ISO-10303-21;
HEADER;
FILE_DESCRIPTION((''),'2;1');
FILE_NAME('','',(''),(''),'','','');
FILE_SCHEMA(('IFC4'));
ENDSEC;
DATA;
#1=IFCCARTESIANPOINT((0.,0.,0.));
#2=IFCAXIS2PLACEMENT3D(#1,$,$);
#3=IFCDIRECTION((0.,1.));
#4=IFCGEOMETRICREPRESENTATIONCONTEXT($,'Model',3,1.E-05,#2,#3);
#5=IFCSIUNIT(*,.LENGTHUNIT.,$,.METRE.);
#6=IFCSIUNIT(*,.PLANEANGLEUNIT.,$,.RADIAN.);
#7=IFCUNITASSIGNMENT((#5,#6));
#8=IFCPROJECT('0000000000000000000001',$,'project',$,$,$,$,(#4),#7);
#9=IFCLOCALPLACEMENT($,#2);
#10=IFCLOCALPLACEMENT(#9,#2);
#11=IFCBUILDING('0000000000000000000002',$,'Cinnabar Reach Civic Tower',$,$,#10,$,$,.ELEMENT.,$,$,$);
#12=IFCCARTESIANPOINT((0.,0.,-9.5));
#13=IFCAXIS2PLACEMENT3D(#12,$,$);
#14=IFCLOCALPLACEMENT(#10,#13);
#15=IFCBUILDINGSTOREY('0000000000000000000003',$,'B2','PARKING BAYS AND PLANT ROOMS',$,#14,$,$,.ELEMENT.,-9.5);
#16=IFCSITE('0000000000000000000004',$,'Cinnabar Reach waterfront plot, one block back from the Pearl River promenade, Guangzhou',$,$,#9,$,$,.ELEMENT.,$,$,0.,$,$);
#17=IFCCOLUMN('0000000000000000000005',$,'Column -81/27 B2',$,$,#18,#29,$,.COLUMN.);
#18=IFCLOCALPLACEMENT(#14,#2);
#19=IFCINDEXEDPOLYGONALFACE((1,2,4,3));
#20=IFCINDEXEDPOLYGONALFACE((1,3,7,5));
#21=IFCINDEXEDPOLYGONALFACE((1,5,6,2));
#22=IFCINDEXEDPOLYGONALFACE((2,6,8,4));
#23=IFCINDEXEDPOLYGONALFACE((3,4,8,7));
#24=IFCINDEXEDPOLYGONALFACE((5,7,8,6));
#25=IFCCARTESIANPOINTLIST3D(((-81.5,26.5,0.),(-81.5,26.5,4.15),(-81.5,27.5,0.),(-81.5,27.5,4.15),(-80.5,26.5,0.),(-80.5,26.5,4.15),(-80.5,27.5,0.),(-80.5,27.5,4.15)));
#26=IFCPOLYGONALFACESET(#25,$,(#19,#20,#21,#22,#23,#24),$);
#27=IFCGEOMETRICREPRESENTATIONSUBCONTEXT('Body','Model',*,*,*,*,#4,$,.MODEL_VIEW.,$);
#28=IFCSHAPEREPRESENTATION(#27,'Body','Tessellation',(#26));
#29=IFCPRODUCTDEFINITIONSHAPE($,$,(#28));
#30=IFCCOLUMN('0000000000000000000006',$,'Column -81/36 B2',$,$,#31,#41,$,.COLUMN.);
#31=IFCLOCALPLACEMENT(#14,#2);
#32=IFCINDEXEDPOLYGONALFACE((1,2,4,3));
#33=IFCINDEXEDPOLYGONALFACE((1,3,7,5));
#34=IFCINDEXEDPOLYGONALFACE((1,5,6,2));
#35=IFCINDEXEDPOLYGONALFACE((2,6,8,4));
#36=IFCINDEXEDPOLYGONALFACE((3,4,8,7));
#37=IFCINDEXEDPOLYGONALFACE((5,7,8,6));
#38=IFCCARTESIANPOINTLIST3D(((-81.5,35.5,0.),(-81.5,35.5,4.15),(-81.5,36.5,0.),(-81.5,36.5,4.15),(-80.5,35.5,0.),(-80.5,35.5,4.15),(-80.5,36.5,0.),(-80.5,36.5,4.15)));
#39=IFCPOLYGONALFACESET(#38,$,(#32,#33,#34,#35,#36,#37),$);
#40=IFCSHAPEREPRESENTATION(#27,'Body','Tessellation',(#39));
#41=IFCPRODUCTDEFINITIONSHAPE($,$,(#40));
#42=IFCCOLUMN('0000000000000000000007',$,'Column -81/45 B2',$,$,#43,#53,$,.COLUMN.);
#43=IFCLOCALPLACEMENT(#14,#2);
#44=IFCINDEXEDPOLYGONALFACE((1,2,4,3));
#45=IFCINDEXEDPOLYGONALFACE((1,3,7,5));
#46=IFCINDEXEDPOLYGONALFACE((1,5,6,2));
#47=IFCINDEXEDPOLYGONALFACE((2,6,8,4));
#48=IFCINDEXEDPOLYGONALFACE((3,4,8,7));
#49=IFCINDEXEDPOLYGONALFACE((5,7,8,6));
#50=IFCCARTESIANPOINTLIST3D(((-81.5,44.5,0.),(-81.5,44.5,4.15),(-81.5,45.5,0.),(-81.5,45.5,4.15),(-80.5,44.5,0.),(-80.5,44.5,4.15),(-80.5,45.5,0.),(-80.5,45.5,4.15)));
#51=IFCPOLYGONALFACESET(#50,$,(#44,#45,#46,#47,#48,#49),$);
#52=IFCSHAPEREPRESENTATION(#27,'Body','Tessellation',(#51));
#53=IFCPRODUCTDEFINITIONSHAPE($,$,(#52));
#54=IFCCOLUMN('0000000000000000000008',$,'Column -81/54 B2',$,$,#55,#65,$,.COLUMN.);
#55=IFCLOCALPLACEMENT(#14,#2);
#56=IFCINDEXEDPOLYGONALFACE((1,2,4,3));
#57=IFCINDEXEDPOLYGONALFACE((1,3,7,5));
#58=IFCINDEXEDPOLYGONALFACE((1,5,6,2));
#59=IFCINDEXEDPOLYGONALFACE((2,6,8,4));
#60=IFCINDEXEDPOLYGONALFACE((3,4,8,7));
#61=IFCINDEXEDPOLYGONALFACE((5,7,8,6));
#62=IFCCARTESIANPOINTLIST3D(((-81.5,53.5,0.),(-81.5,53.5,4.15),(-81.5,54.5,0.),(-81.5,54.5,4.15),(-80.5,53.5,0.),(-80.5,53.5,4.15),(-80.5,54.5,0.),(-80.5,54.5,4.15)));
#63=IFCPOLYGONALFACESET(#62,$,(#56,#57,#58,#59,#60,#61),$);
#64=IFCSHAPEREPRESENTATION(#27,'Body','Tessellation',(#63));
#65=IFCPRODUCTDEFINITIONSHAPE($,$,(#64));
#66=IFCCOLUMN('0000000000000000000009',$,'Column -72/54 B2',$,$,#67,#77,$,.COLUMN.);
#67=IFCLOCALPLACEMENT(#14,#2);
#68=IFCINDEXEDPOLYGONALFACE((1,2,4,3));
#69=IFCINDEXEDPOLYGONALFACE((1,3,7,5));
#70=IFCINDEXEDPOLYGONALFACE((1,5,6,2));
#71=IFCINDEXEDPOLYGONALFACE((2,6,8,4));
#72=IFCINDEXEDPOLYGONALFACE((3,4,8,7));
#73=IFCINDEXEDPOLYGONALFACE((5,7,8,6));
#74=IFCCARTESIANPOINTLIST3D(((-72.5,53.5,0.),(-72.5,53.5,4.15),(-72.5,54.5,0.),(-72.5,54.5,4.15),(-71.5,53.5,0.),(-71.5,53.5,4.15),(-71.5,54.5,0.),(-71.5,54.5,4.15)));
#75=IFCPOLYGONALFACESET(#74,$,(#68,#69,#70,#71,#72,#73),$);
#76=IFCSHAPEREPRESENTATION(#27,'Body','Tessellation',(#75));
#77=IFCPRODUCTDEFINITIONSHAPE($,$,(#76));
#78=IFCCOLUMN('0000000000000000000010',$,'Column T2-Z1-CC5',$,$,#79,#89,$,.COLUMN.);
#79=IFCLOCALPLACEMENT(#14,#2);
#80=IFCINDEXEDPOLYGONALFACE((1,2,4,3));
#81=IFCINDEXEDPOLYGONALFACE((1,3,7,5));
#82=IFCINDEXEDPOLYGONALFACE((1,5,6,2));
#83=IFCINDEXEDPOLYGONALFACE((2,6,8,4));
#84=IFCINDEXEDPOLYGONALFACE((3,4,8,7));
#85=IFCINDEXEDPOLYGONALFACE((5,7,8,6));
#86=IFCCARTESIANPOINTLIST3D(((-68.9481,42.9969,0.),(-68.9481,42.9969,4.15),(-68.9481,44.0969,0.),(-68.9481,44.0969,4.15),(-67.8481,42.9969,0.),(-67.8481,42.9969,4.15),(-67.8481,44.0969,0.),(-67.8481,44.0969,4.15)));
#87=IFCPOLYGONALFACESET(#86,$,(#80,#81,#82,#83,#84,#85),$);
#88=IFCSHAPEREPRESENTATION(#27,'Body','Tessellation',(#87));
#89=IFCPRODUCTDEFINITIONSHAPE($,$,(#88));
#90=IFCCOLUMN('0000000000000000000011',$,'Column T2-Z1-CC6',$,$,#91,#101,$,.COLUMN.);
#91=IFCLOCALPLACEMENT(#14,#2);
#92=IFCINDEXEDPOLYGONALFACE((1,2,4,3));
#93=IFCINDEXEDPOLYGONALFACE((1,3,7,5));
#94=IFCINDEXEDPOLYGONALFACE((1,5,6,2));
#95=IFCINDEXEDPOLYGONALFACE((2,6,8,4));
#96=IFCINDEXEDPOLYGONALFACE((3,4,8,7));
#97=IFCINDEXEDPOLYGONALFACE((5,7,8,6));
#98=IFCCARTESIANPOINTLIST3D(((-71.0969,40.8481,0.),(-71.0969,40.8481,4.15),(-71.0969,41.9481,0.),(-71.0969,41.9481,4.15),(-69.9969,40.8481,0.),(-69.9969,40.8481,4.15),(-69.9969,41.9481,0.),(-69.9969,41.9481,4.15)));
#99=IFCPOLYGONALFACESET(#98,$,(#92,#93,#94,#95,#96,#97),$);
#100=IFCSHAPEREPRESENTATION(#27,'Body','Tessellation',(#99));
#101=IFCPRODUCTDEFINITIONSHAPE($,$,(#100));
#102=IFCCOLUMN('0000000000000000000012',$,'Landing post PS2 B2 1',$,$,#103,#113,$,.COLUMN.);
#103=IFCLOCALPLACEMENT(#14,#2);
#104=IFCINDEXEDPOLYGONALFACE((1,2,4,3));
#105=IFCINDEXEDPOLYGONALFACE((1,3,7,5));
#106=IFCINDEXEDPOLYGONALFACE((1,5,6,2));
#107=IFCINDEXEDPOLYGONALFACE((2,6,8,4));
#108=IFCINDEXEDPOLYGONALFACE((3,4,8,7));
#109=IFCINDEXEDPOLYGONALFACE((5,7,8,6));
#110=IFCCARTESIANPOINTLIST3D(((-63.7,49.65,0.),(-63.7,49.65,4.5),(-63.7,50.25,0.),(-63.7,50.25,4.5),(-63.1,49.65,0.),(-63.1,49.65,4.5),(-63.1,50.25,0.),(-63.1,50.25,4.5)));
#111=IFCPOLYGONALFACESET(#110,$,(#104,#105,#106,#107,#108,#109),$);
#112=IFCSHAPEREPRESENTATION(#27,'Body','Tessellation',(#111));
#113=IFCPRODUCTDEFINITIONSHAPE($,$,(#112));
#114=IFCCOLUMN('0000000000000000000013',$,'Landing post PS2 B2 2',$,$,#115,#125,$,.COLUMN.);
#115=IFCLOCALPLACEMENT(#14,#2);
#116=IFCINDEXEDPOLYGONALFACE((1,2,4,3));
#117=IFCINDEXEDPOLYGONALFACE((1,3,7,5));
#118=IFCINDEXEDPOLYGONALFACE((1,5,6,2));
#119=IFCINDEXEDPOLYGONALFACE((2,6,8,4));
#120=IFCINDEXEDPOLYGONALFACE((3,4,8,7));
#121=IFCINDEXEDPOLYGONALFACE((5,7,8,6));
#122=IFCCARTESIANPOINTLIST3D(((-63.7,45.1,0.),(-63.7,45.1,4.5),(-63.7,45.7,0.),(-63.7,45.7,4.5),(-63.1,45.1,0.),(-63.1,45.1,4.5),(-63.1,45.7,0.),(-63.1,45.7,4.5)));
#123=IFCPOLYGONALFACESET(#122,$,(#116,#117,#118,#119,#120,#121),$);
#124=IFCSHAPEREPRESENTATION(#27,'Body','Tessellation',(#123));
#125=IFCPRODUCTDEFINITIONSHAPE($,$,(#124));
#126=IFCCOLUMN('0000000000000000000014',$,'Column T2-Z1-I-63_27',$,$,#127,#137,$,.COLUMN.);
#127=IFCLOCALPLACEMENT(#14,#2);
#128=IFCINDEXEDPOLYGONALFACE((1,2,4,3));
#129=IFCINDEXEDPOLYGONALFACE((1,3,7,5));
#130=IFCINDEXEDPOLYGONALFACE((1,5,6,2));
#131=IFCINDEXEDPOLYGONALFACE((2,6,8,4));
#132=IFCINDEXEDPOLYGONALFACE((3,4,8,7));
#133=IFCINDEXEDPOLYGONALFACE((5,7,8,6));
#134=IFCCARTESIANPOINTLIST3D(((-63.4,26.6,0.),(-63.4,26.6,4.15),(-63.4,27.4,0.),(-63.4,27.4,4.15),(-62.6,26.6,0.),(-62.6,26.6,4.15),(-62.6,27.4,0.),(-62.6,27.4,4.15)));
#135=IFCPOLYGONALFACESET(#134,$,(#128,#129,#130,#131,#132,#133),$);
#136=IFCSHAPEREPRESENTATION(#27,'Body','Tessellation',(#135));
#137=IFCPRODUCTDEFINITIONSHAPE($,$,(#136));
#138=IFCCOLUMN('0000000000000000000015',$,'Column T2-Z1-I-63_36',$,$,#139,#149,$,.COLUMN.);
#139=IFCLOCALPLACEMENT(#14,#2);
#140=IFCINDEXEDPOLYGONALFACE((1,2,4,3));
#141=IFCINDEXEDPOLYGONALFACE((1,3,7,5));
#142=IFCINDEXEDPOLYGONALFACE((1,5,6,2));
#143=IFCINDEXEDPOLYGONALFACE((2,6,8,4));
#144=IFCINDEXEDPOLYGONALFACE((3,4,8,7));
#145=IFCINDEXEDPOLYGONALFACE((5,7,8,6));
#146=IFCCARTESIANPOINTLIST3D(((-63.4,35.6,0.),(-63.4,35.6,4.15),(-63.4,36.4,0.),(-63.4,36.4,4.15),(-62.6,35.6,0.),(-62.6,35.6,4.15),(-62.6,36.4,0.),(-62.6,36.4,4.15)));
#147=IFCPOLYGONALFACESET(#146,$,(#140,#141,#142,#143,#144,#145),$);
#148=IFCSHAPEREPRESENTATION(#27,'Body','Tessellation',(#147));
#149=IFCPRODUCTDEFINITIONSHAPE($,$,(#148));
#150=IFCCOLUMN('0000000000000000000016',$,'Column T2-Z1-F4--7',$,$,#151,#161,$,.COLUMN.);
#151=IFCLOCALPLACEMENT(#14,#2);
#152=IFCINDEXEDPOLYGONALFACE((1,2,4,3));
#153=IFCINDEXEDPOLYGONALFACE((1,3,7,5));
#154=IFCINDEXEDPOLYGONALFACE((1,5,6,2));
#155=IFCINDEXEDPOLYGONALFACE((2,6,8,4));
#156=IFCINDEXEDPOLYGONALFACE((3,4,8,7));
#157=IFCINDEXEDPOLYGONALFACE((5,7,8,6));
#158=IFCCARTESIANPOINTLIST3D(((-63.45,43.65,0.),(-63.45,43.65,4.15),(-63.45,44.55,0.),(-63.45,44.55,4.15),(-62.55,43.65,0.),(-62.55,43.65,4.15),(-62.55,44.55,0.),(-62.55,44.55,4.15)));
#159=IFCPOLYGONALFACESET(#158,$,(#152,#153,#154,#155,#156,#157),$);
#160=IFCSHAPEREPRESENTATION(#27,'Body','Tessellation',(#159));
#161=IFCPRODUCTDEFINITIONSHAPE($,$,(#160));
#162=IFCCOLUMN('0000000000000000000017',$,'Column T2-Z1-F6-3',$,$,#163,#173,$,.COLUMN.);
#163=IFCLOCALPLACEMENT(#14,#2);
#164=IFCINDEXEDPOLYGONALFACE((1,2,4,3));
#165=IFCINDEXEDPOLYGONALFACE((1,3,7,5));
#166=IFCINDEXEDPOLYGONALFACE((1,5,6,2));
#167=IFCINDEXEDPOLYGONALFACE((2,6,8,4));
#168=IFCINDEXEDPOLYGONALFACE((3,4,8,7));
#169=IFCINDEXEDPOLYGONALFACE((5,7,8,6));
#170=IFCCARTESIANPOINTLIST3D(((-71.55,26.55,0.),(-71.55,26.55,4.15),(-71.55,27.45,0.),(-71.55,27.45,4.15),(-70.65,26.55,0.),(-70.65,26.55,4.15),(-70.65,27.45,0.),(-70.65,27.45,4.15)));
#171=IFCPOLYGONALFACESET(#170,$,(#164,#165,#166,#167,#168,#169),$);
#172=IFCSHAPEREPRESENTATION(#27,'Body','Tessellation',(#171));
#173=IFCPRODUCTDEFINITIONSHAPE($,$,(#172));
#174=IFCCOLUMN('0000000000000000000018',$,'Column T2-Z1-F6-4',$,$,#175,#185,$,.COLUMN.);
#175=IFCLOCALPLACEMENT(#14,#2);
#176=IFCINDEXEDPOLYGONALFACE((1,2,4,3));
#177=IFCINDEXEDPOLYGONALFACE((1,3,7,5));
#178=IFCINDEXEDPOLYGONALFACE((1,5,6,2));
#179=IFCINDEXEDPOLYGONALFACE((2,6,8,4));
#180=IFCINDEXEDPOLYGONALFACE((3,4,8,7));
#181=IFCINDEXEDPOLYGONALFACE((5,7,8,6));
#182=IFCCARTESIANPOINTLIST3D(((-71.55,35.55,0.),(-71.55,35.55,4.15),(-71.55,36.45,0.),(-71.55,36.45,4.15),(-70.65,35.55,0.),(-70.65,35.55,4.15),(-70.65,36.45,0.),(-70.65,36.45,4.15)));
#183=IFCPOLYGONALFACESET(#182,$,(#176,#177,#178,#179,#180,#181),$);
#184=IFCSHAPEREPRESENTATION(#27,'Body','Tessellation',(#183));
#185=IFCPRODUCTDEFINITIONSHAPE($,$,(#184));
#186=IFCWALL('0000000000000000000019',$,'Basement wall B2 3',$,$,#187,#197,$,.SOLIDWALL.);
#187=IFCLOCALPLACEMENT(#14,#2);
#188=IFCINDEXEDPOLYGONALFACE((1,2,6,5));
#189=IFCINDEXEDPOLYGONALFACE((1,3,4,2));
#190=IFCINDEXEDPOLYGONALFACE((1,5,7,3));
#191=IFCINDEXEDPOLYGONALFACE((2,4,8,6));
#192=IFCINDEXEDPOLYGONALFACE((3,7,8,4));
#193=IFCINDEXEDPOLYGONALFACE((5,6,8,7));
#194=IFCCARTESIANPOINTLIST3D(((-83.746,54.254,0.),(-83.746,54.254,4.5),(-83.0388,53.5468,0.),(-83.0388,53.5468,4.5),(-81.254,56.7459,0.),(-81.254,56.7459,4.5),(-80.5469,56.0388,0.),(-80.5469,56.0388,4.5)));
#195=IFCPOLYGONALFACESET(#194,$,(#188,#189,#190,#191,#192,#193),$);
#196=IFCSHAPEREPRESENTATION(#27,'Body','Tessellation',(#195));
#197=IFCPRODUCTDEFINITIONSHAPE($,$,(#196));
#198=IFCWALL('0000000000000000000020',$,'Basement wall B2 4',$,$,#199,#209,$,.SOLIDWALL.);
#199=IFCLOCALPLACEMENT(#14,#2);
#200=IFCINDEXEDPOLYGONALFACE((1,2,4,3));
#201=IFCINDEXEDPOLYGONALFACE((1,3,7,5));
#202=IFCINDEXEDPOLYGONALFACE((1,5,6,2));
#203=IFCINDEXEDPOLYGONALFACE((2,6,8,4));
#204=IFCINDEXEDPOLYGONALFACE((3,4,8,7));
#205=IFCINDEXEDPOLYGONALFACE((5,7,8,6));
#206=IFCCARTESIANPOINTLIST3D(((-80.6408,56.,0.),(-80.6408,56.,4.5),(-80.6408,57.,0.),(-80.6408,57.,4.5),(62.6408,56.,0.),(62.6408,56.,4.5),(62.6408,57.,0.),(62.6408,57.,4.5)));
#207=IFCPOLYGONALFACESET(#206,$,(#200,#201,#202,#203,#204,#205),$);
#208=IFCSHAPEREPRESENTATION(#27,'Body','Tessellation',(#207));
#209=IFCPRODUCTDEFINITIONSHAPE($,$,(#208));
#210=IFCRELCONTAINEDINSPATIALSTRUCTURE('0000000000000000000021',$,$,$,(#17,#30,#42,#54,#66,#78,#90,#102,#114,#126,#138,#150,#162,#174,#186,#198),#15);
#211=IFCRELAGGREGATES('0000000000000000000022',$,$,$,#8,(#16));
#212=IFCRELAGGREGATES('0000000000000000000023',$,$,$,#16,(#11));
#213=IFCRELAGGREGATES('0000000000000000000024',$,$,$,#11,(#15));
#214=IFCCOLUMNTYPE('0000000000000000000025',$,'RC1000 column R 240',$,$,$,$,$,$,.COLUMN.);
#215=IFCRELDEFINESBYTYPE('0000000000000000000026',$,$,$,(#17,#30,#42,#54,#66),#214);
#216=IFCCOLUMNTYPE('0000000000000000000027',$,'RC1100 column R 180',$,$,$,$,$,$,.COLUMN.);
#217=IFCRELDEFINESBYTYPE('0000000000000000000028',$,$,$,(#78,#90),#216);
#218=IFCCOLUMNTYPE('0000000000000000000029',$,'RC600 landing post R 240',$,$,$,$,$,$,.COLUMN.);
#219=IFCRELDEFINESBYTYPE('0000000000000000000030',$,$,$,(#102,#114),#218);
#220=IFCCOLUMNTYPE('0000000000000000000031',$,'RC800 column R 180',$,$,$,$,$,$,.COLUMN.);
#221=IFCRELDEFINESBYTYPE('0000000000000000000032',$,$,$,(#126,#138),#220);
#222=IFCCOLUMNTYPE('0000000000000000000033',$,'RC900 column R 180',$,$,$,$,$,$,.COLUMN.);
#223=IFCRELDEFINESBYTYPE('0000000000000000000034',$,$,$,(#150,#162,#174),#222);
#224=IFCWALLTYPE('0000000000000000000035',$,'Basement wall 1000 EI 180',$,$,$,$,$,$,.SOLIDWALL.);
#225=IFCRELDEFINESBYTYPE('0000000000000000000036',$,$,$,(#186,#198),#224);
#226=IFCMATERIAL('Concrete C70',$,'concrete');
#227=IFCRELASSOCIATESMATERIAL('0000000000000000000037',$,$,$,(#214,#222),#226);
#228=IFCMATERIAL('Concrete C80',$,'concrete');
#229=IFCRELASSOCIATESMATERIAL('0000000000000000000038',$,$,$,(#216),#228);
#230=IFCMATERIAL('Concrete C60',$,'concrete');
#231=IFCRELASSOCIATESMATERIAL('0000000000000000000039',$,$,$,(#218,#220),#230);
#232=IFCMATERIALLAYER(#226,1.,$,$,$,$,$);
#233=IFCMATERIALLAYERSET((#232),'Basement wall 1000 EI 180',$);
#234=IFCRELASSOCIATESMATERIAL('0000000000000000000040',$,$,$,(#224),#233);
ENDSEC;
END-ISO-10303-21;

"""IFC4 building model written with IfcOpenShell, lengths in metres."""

from ifc_helpers import new_model, si_unit, direction, frame, frame_2d, origin, origin_2d, place, context, subcontext, project, spatial, rectangle, extrude, material, layer, layer_set, material_profile, profile_set, type_object, element, save


model = new_model("IFC4")

# Units and contexts
model_context = context("Model", 3, precision=1e-05, world=origin(), true_north=direction((0.0, 1.0)))
body_context = subcontext(model_context, "Body", "Model", "MODEL_VIEW")
ifc_project = project(units=[si_unit("LENGTHUNIT", "METRE"), si_unit("PLANEANGLEUNIT", "RADIAN")], contexts=[model_context])

# Site, building, storey
site_placement = place(None, origin())
site = spatial("IfcSite", under=ifc_project, at=site_placement, Name="Cinnabar Reach waterfront plot, one block back from the Pearl River promenade, Guangzhou", CompositionType="ELEMENT", RefElevation=0.0)
building_placement = place(site_placement, origin())
building = spatial("IfcBuilding", under=site, at=building_placement, Name="Cinnabar Reach Civic Tower", CompositionType="ELEMENT")
storey_placement = place(building_placement, frame((0.0, 0.0, -9.5)))
storey = spatial("IfcBuildingStorey", under=building, at=storey_placement, Name="B2", Description="PARKING BAYS AND PLANT ROOMS", CompositionType="ELEMENT", Elevation=-9.5)

# Columns
ifc_material_1 = material(Name="Concrete C70", Category="concrete")
ifc_material_profile_1 = material_profile(ifc_material_1, rectangle(XDim=1.0, YDim=1.0, at=origin_2d()), Name="RC1000")
ifc_profile_set_1 = profile_set([ifc_material_profile_1], Name="Concrete C70")
column_type_1 = type_object("IfcColumnType", Name="RC1000 column R 240", PredefinedType="COLUMN", material=ifc_profile_set_1)
for number, where, z_axis, x_axis, name in (
    (1, (-81.0, 27.0, 0.0), (0.0, 0.0, 1.0), (1.0, 0.0, 0.0), "Column -81/27 B2"),
    (2, (-81.0, 36.0, 0.0), (0.0, 0.0, 1.0), (1.0, 0.0, 0.0), "Column -81/36 B2"),
    (3, (-81.0, 45.0, 0.0), (0.0, 0.0, 1.0), (1.0, 0.0, 0.0), "Column -81/45 B2"),
    (4, (-81.0, 54.0, 0.0), (0.0, 0.0, 1.0), (1.0, 0.0, 0.0), "Column -81/54 B2"),
    (5, (-72.0, 54.0, 0.0), (0.0, 0.0, 1.0), (1.0, 0.0, 0.0), "Column -72/54 B2"),
):
    element("IfcColumn", number, at=place(storey_placement, frame(where, z_axis=z_axis, x_axis=x_axis)), inside=storey, type_object=column_type_1, Name=name, PredefinedType="COLUMN", context=body_context, shape_type="SweptSolid", body=[
        extrude(rectangle(XDim=1.0, YDim=1.0, at=origin_2d()), origin(), (0.0, 0.0, 1.0), 4.15),
    ])
ifc_material_2 = material(Name="Concrete C80", Category="concrete")
ifc_material_profile_2 = material_profile(ifc_material_2, rectangle(XDim=1.1, YDim=1.1, at=origin_2d()), Name="RC1100")
ifc_profile_set_2 = profile_set([ifc_material_profile_2], Name="Concrete C80")
column_type_2 = type_object("IfcColumnType", Name="RC1100 column R 180", PredefinedType="COLUMN", material=ifc_profile_set_2)
for number, where, z_axis, x_axis, name in (
    (6, (-68.3981, 43.5469, 0.0), (0.0, 0.0, 1.0), (1.0, 0.0, 0.0), "Column T2-Z1-CC5"),
    (7, (-70.5469, 41.3981, 0.0), (0.0, 0.0, 1.0), (1.0, 0.0, 0.0), "Column T2-Z1-CC6"),
):
    element("IfcColumn", number, at=place(storey_placement, frame(where, z_axis=z_axis, x_axis=x_axis)), inside=storey, type_object=column_type_2, Name=name, PredefinedType="COLUMN", context=body_context, shape_type="SweptSolid", body=[
        extrude(rectangle(XDim=1.1, YDim=1.1, at=origin_2d()), origin(), (0.0, 0.0, 1.0), 4.15),
    ])
ifc_material_3 = material(Name="Concrete C60", Category="concrete")
ifc_material_profile_3 = material_profile(ifc_material_3, rectangle(XDim=0.6, YDim=0.6, at=origin_2d()), Name="RC600")
ifc_profile_set_3 = profile_set([ifc_material_profile_3], Name="Concrete C60")
column_type_3 = type_object("IfcColumnType", Name="RC600 landing post R 240", PredefinedType="COLUMN", material=ifc_profile_set_3)
for number, where, z_axis, x_axis, name in (
    (8, (-63.4, 49.95, 0.0), (0.0, 0.0, 1.0), (1.0, 0.0, 0.0), "Landing post PS2 B2 1"),
    (9, (-63.4, 45.4, 0.0), (0.0, 0.0, 1.0), (1.0, 0.0, 0.0), "Landing post PS2 B2 2"),
):
    element("IfcColumn", number, at=place(storey_placement, frame(where, z_axis=z_axis, x_axis=x_axis)), inside=storey, type_object=column_type_3, Name=name, PredefinedType="COLUMN", context=body_context, shape_type="SweptSolid", body=[
        extrude(rectangle(XDim=0.6, YDim=0.6, at=origin_2d()), origin(), (0.0, 0.0, 1.0), 4.5),
    ])
ifc_material_profile_4 = material_profile(ifc_material_3, rectangle(XDim=0.8, YDim=0.8, at=origin_2d()), Name="RC800")
ifc_profile_set_4 = profile_set([ifc_material_profile_4], Name="Concrete C60")
column_type_4 = type_object("IfcColumnType", Name="RC800 column R 180", PredefinedType="COLUMN", material=ifc_profile_set_4)
for number, where, z_axis, x_axis, name in (
    (10, (-63.0, 27.0, 0.0), (0.0, 0.0, 1.0), (1.0, 0.0, 0.0), "Column T2-Z1-I-63_27"),
    (11, (-63.0, 36.0, 0.0), (0.0, 0.0, 1.0), (1.0, 0.0, 0.0), "Column T2-Z1-I-63_36"),
):
    element("IfcColumn", number, at=place(storey_placement, frame(where, z_axis=z_axis, x_axis=x_axis)), inside=storey, type_object=column_type_4, Name=name, PredefinedType="COLUMN", context=body_context, shape_type="SweptSolid", body=[
        extrude(rectangle(XDim=0.8, YDim=0.8, at=origin_2d()), origin(), (0.0, 0.0, 1.0), 4.15),
    ])
ifc_material_profile_5 = material_profile(ifc_material_1, rectangle(XDim=0.9, YDim=0.9, at=origin_2d()), Name="RC900")
ifc_profile_set_5 = profile_set([ifc_material_profile_5], Name="Concrete C70")
column_type_5 = type_object("IfcColumnType", Name="RC900 column R 180", PredefinedType="COLUMN", material=ifc_profile_set_5)
for number, where, z_axis, x_axis, name in (
    (12, (-63.0, 44.1, 0.0), (0.0, 0.0, 1.0), (1.0, 0.0, 0.0), "Column T2-Z1-F4--7"),
    (13, (-71.1, 27.0, 0.0), (0.0, 0.0, 1.0), (1.0, 0.0, 0.0), "Column T2-Z1-F6-3"),
    (14, (-71.1, 36.0, 0.0), (0.0, 0.0, 1.0), (1.0, 0.0, 0.0), "Column T2-Z1-F6-4"),
):
    element("IfcColumn", number, at=place(storey_placement, frame(where, z_axis=z_axis, x_axis=x_axis)), inside=storey, type_object=column_type_5, Name=name, PredefinedType="COLUMN", context=body_context, shape_type="SweptSolid", body=[
        extrude(rectangle(XDim=0.9, YDim=0.9, at=origin_2d()), origin(), (0.0, 0.0, 1.0), 4.15),
    ])

# Walls
ifc_layer_1 = layer(ifc_material_1, 1.0)
ifc_layer_set_1 = layer_set([ifc_layer_1], Name="Basement wall 1000 EI 180")
wall_type_1 = type_object("IfcWallType", Name="Basement wall 1000 EI 180", PredefinedType="SOLIDWALL", material=ifc_layer_set_1)
wall_1_placement = place(storey_placement, frame((-83.3924, 53.9004, 0.0), z_axis=(0.0, 0.0, 1.0), x_axis=(0.707107, 0.707107, 0.0)))
element("IfcWall", 15, at=wall_1_placement, inside=storey, type_object=wall_type_1, Name="Basement wall B2 3", PredefinedType="SOLIDWALL", context=body_context, shape_type="SweptSolid", body=[
    extrude(rectangle(XDim=3.5242, YDim=1.0, at=frame_2d((1.7621, 0.0))), origin(), (0.0, 0.0, 1.0), 4.5),
])
wall_2_placement = place(storey_placement, frame((-80.6408, 56.5, 0.0), z_axis=(0.0, 0.0, 1.0), x_axis=(1.0, 0.0, 0.0)))
element("IfcWall", 16, at=wall_2_placement, inside=storey, type_object=wall_type_1, Name="Basement wall B2 4", PredefinedType="SOLIDWALL", context=body_context, shape_type="SweptSolid", body=[
    extrude(rectangle(XDim=143.2816, YDim=1.0, at=frame_2d((71.6408, 0.0))), origin(), (0.0, 0.0, 1.0), 4.5),
])

save(model, "model.ifc")
